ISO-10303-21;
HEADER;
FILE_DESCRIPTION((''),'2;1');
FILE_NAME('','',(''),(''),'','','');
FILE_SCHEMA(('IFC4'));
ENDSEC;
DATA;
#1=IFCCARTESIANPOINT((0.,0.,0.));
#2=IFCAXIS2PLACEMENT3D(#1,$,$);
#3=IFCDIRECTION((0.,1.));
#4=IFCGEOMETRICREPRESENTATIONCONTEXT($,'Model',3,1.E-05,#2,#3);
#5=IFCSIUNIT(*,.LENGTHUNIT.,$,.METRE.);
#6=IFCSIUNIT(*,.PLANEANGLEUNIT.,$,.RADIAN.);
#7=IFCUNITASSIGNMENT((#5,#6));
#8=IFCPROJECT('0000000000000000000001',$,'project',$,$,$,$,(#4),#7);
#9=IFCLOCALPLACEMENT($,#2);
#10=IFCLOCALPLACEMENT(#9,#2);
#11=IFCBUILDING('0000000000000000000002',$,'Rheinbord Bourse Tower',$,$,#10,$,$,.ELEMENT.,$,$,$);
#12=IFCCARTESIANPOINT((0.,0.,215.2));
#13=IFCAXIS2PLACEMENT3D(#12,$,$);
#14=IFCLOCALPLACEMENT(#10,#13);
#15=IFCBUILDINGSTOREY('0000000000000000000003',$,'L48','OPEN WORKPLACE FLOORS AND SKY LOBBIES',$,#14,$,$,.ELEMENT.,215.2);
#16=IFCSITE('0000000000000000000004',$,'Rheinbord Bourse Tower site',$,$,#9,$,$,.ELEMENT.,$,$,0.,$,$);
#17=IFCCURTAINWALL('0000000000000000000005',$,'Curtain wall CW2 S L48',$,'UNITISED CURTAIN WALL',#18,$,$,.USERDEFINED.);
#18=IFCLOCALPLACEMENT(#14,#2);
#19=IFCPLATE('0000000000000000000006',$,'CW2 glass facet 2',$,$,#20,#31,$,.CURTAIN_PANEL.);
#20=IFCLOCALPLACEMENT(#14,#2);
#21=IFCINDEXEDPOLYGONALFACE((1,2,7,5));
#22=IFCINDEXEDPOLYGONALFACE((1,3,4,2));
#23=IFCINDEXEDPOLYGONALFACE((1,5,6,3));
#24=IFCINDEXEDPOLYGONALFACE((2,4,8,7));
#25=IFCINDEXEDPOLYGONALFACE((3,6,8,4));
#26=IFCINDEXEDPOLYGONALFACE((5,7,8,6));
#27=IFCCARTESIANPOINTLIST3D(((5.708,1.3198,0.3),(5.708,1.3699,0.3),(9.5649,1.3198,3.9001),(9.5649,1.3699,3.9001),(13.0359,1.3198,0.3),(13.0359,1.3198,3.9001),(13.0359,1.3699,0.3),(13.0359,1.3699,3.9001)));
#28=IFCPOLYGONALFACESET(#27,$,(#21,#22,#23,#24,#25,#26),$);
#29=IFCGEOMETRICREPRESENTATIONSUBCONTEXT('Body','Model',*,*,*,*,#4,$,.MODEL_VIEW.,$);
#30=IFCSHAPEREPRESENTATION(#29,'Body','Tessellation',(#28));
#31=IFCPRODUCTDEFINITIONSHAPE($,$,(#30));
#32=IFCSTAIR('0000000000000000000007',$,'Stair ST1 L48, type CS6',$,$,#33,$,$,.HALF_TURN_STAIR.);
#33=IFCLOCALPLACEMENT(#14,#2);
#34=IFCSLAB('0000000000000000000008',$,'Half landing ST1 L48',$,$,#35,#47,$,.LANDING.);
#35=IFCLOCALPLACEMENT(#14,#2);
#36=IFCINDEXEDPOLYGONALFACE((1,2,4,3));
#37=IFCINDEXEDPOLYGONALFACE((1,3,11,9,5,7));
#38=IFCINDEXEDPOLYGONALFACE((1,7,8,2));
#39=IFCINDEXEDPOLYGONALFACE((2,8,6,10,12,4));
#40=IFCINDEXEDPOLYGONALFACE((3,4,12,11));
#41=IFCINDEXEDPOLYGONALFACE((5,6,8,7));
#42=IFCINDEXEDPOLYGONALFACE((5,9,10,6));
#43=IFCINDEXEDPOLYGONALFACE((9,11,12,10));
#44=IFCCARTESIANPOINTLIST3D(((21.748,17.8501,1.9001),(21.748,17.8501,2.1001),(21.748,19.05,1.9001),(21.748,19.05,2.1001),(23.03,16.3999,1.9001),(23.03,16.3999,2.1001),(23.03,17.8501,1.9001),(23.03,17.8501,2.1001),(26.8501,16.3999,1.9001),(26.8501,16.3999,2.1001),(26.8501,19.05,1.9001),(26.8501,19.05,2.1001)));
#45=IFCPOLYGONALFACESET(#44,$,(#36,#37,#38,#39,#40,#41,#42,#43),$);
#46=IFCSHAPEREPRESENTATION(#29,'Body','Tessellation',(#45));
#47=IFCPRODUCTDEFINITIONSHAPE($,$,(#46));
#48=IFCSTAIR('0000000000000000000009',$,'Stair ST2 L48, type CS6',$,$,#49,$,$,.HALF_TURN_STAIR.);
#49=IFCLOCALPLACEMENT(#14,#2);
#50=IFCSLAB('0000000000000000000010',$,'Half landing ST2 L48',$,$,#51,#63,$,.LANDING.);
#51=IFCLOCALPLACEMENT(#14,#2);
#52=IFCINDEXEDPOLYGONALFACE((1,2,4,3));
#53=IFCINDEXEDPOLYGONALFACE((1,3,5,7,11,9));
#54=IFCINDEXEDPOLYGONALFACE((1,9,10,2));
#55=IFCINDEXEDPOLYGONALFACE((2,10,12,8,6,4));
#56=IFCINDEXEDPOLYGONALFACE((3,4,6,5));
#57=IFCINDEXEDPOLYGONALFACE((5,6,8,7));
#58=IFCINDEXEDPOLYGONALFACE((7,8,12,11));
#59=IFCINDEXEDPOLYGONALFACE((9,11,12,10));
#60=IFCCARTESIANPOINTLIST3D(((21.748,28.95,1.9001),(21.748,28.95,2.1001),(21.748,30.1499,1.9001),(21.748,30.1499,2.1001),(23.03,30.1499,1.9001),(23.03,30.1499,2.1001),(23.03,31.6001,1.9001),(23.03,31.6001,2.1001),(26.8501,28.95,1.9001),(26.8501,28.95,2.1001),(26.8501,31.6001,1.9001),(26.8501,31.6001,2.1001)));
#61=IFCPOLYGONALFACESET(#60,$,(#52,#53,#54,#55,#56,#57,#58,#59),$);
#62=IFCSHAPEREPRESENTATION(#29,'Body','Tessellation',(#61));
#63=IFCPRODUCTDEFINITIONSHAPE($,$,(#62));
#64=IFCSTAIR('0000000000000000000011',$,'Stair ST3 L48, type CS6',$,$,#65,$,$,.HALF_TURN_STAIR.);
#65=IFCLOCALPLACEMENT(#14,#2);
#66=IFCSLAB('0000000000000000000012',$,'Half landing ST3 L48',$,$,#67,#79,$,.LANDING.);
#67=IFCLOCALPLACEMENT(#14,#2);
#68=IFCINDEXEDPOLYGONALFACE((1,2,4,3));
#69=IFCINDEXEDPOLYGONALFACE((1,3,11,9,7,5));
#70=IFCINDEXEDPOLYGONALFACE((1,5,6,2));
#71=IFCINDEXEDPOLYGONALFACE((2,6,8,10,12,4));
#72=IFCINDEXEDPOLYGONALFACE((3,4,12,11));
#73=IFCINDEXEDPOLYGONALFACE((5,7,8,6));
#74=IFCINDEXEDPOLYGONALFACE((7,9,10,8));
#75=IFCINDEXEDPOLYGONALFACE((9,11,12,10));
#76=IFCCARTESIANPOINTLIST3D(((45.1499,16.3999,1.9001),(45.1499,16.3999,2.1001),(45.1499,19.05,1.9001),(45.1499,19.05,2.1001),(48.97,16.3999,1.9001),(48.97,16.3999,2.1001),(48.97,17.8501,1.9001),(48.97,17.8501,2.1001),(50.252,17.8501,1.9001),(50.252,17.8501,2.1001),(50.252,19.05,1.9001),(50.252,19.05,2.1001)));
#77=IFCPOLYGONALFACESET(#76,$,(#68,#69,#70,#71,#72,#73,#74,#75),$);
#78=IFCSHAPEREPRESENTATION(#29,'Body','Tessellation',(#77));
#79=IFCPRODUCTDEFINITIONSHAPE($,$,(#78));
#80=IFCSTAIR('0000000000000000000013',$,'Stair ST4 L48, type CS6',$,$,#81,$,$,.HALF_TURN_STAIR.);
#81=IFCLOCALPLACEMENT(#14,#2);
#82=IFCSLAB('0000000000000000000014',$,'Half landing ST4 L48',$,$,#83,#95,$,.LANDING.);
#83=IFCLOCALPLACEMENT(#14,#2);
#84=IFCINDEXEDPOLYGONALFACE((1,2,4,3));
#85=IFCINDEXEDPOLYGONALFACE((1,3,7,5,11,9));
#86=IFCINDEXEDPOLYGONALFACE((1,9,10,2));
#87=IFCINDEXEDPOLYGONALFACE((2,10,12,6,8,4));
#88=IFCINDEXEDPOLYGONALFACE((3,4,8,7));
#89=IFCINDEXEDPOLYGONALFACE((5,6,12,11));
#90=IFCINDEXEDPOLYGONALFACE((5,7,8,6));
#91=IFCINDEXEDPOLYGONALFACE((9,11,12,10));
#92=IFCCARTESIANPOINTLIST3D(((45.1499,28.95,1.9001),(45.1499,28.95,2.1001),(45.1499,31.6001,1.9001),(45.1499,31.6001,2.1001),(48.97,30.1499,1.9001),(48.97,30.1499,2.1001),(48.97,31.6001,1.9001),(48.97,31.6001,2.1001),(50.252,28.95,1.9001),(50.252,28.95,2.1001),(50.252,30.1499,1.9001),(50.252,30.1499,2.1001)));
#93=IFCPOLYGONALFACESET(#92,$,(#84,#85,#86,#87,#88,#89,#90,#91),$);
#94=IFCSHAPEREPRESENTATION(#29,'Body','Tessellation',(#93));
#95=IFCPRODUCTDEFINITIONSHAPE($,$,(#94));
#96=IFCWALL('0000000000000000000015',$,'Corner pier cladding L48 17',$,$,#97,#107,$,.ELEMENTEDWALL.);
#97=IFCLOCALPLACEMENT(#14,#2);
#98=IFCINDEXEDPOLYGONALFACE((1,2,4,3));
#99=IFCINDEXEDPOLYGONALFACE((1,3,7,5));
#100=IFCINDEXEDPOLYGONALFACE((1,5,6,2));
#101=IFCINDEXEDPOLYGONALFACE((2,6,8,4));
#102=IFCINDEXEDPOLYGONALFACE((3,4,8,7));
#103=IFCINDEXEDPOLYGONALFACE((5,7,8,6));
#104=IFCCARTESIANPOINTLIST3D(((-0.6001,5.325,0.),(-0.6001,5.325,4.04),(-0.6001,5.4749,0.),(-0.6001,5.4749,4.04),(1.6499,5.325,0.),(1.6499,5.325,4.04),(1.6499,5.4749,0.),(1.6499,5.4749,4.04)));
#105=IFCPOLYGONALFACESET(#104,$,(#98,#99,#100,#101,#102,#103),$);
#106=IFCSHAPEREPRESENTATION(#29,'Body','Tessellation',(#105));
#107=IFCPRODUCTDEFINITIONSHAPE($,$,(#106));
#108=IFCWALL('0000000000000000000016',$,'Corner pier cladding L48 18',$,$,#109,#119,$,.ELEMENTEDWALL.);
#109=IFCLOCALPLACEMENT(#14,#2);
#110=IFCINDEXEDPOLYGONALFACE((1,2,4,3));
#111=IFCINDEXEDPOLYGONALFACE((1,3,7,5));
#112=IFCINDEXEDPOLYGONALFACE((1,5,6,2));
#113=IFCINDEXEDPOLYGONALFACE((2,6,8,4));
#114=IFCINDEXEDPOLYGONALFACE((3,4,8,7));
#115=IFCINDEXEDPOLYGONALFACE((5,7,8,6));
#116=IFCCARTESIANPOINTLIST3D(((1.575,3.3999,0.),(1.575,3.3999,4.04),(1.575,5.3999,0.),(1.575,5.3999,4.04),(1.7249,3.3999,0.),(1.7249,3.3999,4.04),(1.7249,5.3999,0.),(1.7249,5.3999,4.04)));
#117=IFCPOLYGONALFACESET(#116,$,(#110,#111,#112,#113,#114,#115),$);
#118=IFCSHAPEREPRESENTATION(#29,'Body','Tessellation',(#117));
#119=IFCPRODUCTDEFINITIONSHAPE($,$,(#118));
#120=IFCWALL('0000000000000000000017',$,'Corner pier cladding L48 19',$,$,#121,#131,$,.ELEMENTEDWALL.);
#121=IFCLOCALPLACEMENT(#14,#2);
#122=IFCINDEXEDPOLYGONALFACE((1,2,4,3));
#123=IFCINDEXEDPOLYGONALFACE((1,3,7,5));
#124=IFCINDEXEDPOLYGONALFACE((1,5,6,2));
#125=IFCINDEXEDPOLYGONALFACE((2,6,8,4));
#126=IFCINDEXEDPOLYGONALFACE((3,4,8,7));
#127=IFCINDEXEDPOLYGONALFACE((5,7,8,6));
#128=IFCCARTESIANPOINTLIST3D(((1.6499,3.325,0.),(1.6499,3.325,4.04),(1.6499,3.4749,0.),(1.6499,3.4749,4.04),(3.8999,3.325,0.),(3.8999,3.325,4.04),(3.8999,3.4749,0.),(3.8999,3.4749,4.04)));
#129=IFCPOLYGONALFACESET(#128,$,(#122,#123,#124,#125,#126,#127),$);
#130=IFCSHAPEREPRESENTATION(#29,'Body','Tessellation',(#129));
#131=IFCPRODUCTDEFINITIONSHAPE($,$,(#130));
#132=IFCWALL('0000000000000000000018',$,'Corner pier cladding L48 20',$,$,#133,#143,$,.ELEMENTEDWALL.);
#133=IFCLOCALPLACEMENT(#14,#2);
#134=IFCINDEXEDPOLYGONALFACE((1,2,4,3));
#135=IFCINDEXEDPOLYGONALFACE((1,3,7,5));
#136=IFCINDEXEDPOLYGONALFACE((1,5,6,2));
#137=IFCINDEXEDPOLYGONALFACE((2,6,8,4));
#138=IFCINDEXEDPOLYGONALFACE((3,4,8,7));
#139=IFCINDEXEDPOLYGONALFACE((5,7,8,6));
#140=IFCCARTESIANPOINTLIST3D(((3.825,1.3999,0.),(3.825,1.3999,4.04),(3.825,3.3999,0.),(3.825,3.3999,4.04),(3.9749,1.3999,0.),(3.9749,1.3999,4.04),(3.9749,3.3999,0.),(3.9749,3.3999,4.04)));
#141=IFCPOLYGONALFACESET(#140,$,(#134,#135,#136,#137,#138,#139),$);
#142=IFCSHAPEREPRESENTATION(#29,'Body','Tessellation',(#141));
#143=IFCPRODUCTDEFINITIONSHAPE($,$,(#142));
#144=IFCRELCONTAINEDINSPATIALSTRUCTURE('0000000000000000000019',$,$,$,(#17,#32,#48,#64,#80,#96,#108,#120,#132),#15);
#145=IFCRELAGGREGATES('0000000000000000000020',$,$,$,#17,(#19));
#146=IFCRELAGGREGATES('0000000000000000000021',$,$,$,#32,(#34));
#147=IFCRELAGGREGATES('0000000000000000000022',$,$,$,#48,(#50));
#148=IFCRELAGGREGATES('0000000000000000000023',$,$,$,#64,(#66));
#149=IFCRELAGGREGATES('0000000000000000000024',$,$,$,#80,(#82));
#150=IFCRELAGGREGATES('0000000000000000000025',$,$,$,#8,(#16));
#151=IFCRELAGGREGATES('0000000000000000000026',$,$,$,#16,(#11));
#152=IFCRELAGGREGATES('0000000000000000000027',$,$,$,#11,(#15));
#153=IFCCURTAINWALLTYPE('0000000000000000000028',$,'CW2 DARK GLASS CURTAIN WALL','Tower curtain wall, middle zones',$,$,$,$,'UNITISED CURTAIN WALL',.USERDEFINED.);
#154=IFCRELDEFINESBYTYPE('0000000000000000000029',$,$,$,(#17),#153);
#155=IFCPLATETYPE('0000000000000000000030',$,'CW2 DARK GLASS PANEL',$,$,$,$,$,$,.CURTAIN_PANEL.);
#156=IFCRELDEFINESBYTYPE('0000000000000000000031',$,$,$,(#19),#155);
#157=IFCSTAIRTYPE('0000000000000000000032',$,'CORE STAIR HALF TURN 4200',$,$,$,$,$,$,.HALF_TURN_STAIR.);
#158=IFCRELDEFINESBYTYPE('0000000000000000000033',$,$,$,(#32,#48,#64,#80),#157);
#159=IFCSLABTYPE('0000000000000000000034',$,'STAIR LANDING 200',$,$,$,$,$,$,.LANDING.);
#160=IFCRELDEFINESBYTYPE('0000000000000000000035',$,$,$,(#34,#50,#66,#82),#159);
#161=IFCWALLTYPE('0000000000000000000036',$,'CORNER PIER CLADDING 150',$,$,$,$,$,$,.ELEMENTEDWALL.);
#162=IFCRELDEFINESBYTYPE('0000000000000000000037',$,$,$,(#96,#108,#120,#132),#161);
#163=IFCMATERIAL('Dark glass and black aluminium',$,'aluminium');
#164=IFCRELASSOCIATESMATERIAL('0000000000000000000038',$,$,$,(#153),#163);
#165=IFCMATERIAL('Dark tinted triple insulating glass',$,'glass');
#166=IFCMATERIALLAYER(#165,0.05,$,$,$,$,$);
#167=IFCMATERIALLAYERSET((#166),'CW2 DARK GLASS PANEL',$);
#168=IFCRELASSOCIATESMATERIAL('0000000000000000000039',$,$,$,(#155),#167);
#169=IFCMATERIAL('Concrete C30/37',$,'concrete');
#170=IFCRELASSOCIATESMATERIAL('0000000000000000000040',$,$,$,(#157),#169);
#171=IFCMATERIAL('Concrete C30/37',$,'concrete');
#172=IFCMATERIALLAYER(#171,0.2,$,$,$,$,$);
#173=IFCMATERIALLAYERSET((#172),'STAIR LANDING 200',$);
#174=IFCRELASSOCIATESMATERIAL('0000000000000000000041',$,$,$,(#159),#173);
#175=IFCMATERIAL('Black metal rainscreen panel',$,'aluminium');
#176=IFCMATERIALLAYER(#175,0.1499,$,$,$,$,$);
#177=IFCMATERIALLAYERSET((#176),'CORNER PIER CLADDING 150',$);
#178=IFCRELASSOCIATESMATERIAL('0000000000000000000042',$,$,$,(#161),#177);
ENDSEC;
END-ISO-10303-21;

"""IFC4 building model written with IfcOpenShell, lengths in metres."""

from ifc_helpers import new_model, si_unit, direction, frame, frame_2d, origin, place, context, subcontext, project, spatial, polyline, rectangle, outline, extrude, material, layer, layer_set, type_object, element, aggregate, save


model = new_model("IFC4")

# Units and contexts
model_context = context("Model", 3, precision=1e-05, world=origin(), true_north=direction((0.0, 1.0)))
body_context = subcontext(model_context, "Body", "Model", "MODEL_VIEW")
ifc_project = project(units=[si_unit("LENGTHUNIT", "METRE"), si_unit("PLANEANGLEUNIT", "RADIAN")], contexts=[model_context])

# Site, building, storey
site_placement = place(None, origin())
site = spatial("IfcSite", under=ifc_project, at=site_placement, Name="Rheinbord Bourse Tower site", CompositionType="ELEMENT", RefElevation=0.0)
building_placement = place(site_placement, origin())
building = spatial("IfcBuilding", under=site, at=building_placement, Name="Rheinbord Bourse Tower", CompositionType="ELEMENT")
storey_placement = place(building_placement, frame((0.0, 0.0, 215.2)))
storey = spatial("IfcBuildingStorey", under=building, at=storey_placement, Name="L48", Description="OPEN WORKPLACE FLOORS AND SKY LOBBIES", CompositionType="ELEMENT", Elevation=215.2)

# Curtain wall
ifc_material_1 = material(Name="Dark glass and black aluminium", Category="aluminium")
curtain_wall_type = type_object("IfcCurtainWallType", Name="CW2 DARK GLASS CURTAIN WALL", Description="Tower curtain wall, middle zones", ElementType="UNITISED CURTAIN WALL", PredefinedType="USERDEFINED", material=ifc_material_1)
curtain_wall_placement = place(storey_placement, origin())
curtain_wall = element("IfcCurtainWall", 1, at=curtain_wall_placement, inside=storey, type_object=curtain_wall_type, Name="Curtain wall CW2 S L48", ObjectType="UNITISED CURTAIN WALL", PredefinedType="USERDEFINED")

# Plate
ifc_material_2 = material(Name="Dark tinted triple insulating glass", Category="glass")
ifc_layer_1 = layer(ifc_material_2, 0.05)
ifc_layer_set_1 = layer_set([ifc_layer_1], Name="CW2 DARK GLASS PANEL")
plate_type = type_object("IfcPlateType", Name="CW2 DARK GLASS PANEL", PredefinedType="CURTAIN_PANEL", material=ifc_layer_set_1)
plate_1_placement = place(storey_placement, frame((13.0359, 1.3198, 3.9001), z_axis=(0.0, 1.0, 0.0), x_axis=(0.0, 0.0, -1.0)))
plate_1 = element("IfcPlate", 2, at=plate_1_placement, type_object=plate_type, Name="CW2 glass facet 2", PredefinedType="CURTAIN_PANEL", context=body_context, shape_type="SweptSolid", body=[
    extrude(outline(polyline([(0.0, 0.0), (3.6001, 0.0), (3.6001, 7.3279), (0.0, 3.4709), (0.0, 0.0)])), origin(), (0.0, 0.0, 1.0), 0.05),
])
aggregate(curtain_wall, [plate_1])

# Stairs, slabs
ifc_material_3 = material(Name="Concrete C30/37", Category="concrete")
stair_type = type_object("IfcStairType", Name="CORE STAIR HALF TURN 4200", PredefinedType="HALF_TURN_STAIR", material=ifc_material_3)
stair_1_placement = place(storey_placement, origin())
stair_1 = element("IfcStair", 3, at=stair_1_placement, inside=storey, type_object=stair_type, Name="Stair ST1 L48, type CS6", PredefinedType="HALF_TURN_STAIR")
ifc_material_4 = material(Name="Concrete C30/37", Category="concrete")
ifc_layer_2 = layer(ifc_material_4, 0.2)
ifc_layer_set_2 = layer_set([ifc_layer_2], Name="STAIR LANDING 200")
slab_type_1 = type_object("IfcSlabType", Name="STAIR LANDING 200", PredefinedType="LANDING", material=ifc_layer_set_2)
slab_1_placement = place(storey_placement, frame((0.0, 0.0, 1.9001)))
slab_1 = element("IfcSlab", 4, at=slab_1_placement, type_object=slab_type_1, Name="Half landing ST1 L48", PredefinedType="LANDING", context=body_context, shape_type="SweptSolid", body=[
    extrude(outline(polyline([(23.03, 16.3999), (26.8501, 16.3999), (26.8501, 19.05), (21.748, 19.05), (21.748, 17.8501), (23.03, 17.8501), (23.03, 16.3999)])), origin(), (0.0, 0.0, 1.0), 0.2),
])
aggregate(stair_1, [slab_1])
stair_2_placement = place(storey_placement, origin())
stair_2 = element("IfcStair", 5, at=stair_2_placement, inside=storey, type_object=stair_type, Name="Stair ST2 L48, type CS6", PredefinedType="HALF_TURN_STAIR")
slab_2_placement = place(storey_placement, frame((0.0, 0.0, 1.9001)))
slab_2 = element("IfcSlab", 6, at=slab_2_placement, type_object=slab_type_1, Name="Half landing ST2 L48", PredefinedType="LANDING", context=body_context, shape_type="SweptSolid", body=[
    extrude(outline(polyline([(21.748, 28.95), (26.8501, 28.95), (26.8501, 31.6001), (23.03, 31.6001), (23.03, 30.1499), (21.748, 30.1499), (21.748, 28.95)])), origin(), (0.0, 0.0, 1.0), 0.2),
])
aggregate(stair_2, [slab_2])
stair_3_placement = place(storey_placement, origin())
stair_3 = element("IfcStair", 7, at=stair_3_placement, inside=storey, type_object=stair_type, Name="Stair ST3 L48, type CS6", PredefinedType="HALF_TURN_STAIR")
slab_3_placement = place(storey_placement, frame((0.0, 0.0, 1.9001)))
slab_3 = element("IfcSlab", 8, at=slab_3_placement, type_object=slab_type_1, Name="Half landing ST3 L48", PredefinedType="LANDING", context=body_context, shape_type="SweptSolid", body=[
    extrude(outline(polyline([(45.1499, 16.3999), (48.97, 16.3999), (48.97, 17.8501), (50.252, 17.8501), (50.252, 19.05), (45.1499, 19.05), (45.1499, 16.3999)])), origin(), (0.0, 0.0, 1.0), 0.2),
])
aggregate(stair_3, [slab_3])
stair_4_placement = place(storey_placement, origin())
stair_4 = element("IfcStair", 9, at=stair_4_placement, inside=storey, type_object=stair_type, Name="Stair ST4 L48, type CS6", PredefinedType="HALF_TURN_STAIR")
slab_4_placement = place(storey_placement, frame((0.0, 0.0, 1.9001)))
slab_4 = element("IfcSlab", 10, at=slab_4_placement, type_object=slab_type_1, Name="Half landing ST4 L48", PredefinedType="LANDING", context=body_context, shape_type="SweptSolid", body=[
    extrude(outline(polyline([(45.1499, 28.95), (50.252, 28.95), (50.252, 30.1499), (48.97, 30.1499), (48.97, 31.6001), (45.1499, 31.6001), (45.1499, 28.95)])), origin(), (0.0, 0.0, 1.0), 0.2),
])
aggregate(stair_4, [slab_4])

# Walls
ifc_material_5 = material(Name="Black metal rainscreen panel", Category="aluminium")
ifc_layer_3 = layer(ifc_material_5, 0.1499)
ifc_layer_set_3 = layer_set([ifc_layer_3], Name="CORNER PIER CLADDING 150")
wall_type = type_object("IfcWallType", Name="CORNER PIER CLADDING 150", PredefinedType="ELEMENTEDWALL", material=ifc_layer_set_3)
wall_1_placement = place(storey_placement, frame((-0.6001, 5.3999, 0.0), z_axis=(0.0, 0.0, 1.0), x_axis=(1.0, 0.0, 0.0)))
element("IfcWall", 11, at=wall_1_placement, inside=storey, type_object=wall_type, Name="Corner pier cladding L48 17", PredefinedType="ELEMENTEDWALL", context=body_context, shape_type="SweptSolid", body=[
    extrude(rectangle(XDim=2.25, YDim=0.1499, at=frame_2d((1.125, 0.0))), origin(), (0.0, 0.0, 1.0), 4.04),
])
wall_2_placement = place(storey_placement, frame((1.6499, 5.3999, 0.0), z_axis=(0.0, 0.0, 1.0), x_axis=(0.0, -1.0, 0.0)))
element("IfcWall", 12, at=wall_2_placement, inside=storey, type_object=wall_type, Name="Corner pier cladding L48 18", PredefinedType="ELEMENTEDWALL", context=body_context, shape_type="SweptSolid", body=[
    extrude(rectangle(XDim=2.0, YDim=0.1499, at=frame_2d((1.0, 0.0))), origin(), (0.0, 0.0, 1.0), 4.04),
])
wall_3_placement = place(storey_placement, frame((1.6499, 3.3999, 0.0), z_axis=(0.0, 0.0, 1.0), x_axis=(1.0, 0.0, 0.0)))
element("IfcWall", 13, at=wall_3_placement, inside=storey, type_object=wall_type, Name="Corner pier cladding L48 19", PredefinedType="ELEMENTEDWALL", context=body_context, shape_type="SweptSolid", body=[
    extrude(rectangle(XDim=2.25, YDim=0.1499, at=frame_2d((1.125, 0.0))), origin(), (0.0, 0.0, 1.0), 4.04),
])
wall_4_placement = place(storey_placement, frame((3.8999, 3.3999, 0.0), z_axis=(0.0, 0.0, 1.0), x_axis=(0.0, -1.0, 0.0)))
element("IfcWall", 14, at=wall_4_placement, inside=storey, type_object=wall_type, Name="Corner pier cladding L48 20", PredefinedType="ELEMENTEDWALL", context=body_context, shape_type="SweptSolid", body=[
    extrude(rectangle(XDim=2.0, YDim=0.1499, at=frame_2d((1.0, 0.0))), origin(), (0.0, 0.0, 1.0), 4.04),
])

save(model, "model.ifc")
